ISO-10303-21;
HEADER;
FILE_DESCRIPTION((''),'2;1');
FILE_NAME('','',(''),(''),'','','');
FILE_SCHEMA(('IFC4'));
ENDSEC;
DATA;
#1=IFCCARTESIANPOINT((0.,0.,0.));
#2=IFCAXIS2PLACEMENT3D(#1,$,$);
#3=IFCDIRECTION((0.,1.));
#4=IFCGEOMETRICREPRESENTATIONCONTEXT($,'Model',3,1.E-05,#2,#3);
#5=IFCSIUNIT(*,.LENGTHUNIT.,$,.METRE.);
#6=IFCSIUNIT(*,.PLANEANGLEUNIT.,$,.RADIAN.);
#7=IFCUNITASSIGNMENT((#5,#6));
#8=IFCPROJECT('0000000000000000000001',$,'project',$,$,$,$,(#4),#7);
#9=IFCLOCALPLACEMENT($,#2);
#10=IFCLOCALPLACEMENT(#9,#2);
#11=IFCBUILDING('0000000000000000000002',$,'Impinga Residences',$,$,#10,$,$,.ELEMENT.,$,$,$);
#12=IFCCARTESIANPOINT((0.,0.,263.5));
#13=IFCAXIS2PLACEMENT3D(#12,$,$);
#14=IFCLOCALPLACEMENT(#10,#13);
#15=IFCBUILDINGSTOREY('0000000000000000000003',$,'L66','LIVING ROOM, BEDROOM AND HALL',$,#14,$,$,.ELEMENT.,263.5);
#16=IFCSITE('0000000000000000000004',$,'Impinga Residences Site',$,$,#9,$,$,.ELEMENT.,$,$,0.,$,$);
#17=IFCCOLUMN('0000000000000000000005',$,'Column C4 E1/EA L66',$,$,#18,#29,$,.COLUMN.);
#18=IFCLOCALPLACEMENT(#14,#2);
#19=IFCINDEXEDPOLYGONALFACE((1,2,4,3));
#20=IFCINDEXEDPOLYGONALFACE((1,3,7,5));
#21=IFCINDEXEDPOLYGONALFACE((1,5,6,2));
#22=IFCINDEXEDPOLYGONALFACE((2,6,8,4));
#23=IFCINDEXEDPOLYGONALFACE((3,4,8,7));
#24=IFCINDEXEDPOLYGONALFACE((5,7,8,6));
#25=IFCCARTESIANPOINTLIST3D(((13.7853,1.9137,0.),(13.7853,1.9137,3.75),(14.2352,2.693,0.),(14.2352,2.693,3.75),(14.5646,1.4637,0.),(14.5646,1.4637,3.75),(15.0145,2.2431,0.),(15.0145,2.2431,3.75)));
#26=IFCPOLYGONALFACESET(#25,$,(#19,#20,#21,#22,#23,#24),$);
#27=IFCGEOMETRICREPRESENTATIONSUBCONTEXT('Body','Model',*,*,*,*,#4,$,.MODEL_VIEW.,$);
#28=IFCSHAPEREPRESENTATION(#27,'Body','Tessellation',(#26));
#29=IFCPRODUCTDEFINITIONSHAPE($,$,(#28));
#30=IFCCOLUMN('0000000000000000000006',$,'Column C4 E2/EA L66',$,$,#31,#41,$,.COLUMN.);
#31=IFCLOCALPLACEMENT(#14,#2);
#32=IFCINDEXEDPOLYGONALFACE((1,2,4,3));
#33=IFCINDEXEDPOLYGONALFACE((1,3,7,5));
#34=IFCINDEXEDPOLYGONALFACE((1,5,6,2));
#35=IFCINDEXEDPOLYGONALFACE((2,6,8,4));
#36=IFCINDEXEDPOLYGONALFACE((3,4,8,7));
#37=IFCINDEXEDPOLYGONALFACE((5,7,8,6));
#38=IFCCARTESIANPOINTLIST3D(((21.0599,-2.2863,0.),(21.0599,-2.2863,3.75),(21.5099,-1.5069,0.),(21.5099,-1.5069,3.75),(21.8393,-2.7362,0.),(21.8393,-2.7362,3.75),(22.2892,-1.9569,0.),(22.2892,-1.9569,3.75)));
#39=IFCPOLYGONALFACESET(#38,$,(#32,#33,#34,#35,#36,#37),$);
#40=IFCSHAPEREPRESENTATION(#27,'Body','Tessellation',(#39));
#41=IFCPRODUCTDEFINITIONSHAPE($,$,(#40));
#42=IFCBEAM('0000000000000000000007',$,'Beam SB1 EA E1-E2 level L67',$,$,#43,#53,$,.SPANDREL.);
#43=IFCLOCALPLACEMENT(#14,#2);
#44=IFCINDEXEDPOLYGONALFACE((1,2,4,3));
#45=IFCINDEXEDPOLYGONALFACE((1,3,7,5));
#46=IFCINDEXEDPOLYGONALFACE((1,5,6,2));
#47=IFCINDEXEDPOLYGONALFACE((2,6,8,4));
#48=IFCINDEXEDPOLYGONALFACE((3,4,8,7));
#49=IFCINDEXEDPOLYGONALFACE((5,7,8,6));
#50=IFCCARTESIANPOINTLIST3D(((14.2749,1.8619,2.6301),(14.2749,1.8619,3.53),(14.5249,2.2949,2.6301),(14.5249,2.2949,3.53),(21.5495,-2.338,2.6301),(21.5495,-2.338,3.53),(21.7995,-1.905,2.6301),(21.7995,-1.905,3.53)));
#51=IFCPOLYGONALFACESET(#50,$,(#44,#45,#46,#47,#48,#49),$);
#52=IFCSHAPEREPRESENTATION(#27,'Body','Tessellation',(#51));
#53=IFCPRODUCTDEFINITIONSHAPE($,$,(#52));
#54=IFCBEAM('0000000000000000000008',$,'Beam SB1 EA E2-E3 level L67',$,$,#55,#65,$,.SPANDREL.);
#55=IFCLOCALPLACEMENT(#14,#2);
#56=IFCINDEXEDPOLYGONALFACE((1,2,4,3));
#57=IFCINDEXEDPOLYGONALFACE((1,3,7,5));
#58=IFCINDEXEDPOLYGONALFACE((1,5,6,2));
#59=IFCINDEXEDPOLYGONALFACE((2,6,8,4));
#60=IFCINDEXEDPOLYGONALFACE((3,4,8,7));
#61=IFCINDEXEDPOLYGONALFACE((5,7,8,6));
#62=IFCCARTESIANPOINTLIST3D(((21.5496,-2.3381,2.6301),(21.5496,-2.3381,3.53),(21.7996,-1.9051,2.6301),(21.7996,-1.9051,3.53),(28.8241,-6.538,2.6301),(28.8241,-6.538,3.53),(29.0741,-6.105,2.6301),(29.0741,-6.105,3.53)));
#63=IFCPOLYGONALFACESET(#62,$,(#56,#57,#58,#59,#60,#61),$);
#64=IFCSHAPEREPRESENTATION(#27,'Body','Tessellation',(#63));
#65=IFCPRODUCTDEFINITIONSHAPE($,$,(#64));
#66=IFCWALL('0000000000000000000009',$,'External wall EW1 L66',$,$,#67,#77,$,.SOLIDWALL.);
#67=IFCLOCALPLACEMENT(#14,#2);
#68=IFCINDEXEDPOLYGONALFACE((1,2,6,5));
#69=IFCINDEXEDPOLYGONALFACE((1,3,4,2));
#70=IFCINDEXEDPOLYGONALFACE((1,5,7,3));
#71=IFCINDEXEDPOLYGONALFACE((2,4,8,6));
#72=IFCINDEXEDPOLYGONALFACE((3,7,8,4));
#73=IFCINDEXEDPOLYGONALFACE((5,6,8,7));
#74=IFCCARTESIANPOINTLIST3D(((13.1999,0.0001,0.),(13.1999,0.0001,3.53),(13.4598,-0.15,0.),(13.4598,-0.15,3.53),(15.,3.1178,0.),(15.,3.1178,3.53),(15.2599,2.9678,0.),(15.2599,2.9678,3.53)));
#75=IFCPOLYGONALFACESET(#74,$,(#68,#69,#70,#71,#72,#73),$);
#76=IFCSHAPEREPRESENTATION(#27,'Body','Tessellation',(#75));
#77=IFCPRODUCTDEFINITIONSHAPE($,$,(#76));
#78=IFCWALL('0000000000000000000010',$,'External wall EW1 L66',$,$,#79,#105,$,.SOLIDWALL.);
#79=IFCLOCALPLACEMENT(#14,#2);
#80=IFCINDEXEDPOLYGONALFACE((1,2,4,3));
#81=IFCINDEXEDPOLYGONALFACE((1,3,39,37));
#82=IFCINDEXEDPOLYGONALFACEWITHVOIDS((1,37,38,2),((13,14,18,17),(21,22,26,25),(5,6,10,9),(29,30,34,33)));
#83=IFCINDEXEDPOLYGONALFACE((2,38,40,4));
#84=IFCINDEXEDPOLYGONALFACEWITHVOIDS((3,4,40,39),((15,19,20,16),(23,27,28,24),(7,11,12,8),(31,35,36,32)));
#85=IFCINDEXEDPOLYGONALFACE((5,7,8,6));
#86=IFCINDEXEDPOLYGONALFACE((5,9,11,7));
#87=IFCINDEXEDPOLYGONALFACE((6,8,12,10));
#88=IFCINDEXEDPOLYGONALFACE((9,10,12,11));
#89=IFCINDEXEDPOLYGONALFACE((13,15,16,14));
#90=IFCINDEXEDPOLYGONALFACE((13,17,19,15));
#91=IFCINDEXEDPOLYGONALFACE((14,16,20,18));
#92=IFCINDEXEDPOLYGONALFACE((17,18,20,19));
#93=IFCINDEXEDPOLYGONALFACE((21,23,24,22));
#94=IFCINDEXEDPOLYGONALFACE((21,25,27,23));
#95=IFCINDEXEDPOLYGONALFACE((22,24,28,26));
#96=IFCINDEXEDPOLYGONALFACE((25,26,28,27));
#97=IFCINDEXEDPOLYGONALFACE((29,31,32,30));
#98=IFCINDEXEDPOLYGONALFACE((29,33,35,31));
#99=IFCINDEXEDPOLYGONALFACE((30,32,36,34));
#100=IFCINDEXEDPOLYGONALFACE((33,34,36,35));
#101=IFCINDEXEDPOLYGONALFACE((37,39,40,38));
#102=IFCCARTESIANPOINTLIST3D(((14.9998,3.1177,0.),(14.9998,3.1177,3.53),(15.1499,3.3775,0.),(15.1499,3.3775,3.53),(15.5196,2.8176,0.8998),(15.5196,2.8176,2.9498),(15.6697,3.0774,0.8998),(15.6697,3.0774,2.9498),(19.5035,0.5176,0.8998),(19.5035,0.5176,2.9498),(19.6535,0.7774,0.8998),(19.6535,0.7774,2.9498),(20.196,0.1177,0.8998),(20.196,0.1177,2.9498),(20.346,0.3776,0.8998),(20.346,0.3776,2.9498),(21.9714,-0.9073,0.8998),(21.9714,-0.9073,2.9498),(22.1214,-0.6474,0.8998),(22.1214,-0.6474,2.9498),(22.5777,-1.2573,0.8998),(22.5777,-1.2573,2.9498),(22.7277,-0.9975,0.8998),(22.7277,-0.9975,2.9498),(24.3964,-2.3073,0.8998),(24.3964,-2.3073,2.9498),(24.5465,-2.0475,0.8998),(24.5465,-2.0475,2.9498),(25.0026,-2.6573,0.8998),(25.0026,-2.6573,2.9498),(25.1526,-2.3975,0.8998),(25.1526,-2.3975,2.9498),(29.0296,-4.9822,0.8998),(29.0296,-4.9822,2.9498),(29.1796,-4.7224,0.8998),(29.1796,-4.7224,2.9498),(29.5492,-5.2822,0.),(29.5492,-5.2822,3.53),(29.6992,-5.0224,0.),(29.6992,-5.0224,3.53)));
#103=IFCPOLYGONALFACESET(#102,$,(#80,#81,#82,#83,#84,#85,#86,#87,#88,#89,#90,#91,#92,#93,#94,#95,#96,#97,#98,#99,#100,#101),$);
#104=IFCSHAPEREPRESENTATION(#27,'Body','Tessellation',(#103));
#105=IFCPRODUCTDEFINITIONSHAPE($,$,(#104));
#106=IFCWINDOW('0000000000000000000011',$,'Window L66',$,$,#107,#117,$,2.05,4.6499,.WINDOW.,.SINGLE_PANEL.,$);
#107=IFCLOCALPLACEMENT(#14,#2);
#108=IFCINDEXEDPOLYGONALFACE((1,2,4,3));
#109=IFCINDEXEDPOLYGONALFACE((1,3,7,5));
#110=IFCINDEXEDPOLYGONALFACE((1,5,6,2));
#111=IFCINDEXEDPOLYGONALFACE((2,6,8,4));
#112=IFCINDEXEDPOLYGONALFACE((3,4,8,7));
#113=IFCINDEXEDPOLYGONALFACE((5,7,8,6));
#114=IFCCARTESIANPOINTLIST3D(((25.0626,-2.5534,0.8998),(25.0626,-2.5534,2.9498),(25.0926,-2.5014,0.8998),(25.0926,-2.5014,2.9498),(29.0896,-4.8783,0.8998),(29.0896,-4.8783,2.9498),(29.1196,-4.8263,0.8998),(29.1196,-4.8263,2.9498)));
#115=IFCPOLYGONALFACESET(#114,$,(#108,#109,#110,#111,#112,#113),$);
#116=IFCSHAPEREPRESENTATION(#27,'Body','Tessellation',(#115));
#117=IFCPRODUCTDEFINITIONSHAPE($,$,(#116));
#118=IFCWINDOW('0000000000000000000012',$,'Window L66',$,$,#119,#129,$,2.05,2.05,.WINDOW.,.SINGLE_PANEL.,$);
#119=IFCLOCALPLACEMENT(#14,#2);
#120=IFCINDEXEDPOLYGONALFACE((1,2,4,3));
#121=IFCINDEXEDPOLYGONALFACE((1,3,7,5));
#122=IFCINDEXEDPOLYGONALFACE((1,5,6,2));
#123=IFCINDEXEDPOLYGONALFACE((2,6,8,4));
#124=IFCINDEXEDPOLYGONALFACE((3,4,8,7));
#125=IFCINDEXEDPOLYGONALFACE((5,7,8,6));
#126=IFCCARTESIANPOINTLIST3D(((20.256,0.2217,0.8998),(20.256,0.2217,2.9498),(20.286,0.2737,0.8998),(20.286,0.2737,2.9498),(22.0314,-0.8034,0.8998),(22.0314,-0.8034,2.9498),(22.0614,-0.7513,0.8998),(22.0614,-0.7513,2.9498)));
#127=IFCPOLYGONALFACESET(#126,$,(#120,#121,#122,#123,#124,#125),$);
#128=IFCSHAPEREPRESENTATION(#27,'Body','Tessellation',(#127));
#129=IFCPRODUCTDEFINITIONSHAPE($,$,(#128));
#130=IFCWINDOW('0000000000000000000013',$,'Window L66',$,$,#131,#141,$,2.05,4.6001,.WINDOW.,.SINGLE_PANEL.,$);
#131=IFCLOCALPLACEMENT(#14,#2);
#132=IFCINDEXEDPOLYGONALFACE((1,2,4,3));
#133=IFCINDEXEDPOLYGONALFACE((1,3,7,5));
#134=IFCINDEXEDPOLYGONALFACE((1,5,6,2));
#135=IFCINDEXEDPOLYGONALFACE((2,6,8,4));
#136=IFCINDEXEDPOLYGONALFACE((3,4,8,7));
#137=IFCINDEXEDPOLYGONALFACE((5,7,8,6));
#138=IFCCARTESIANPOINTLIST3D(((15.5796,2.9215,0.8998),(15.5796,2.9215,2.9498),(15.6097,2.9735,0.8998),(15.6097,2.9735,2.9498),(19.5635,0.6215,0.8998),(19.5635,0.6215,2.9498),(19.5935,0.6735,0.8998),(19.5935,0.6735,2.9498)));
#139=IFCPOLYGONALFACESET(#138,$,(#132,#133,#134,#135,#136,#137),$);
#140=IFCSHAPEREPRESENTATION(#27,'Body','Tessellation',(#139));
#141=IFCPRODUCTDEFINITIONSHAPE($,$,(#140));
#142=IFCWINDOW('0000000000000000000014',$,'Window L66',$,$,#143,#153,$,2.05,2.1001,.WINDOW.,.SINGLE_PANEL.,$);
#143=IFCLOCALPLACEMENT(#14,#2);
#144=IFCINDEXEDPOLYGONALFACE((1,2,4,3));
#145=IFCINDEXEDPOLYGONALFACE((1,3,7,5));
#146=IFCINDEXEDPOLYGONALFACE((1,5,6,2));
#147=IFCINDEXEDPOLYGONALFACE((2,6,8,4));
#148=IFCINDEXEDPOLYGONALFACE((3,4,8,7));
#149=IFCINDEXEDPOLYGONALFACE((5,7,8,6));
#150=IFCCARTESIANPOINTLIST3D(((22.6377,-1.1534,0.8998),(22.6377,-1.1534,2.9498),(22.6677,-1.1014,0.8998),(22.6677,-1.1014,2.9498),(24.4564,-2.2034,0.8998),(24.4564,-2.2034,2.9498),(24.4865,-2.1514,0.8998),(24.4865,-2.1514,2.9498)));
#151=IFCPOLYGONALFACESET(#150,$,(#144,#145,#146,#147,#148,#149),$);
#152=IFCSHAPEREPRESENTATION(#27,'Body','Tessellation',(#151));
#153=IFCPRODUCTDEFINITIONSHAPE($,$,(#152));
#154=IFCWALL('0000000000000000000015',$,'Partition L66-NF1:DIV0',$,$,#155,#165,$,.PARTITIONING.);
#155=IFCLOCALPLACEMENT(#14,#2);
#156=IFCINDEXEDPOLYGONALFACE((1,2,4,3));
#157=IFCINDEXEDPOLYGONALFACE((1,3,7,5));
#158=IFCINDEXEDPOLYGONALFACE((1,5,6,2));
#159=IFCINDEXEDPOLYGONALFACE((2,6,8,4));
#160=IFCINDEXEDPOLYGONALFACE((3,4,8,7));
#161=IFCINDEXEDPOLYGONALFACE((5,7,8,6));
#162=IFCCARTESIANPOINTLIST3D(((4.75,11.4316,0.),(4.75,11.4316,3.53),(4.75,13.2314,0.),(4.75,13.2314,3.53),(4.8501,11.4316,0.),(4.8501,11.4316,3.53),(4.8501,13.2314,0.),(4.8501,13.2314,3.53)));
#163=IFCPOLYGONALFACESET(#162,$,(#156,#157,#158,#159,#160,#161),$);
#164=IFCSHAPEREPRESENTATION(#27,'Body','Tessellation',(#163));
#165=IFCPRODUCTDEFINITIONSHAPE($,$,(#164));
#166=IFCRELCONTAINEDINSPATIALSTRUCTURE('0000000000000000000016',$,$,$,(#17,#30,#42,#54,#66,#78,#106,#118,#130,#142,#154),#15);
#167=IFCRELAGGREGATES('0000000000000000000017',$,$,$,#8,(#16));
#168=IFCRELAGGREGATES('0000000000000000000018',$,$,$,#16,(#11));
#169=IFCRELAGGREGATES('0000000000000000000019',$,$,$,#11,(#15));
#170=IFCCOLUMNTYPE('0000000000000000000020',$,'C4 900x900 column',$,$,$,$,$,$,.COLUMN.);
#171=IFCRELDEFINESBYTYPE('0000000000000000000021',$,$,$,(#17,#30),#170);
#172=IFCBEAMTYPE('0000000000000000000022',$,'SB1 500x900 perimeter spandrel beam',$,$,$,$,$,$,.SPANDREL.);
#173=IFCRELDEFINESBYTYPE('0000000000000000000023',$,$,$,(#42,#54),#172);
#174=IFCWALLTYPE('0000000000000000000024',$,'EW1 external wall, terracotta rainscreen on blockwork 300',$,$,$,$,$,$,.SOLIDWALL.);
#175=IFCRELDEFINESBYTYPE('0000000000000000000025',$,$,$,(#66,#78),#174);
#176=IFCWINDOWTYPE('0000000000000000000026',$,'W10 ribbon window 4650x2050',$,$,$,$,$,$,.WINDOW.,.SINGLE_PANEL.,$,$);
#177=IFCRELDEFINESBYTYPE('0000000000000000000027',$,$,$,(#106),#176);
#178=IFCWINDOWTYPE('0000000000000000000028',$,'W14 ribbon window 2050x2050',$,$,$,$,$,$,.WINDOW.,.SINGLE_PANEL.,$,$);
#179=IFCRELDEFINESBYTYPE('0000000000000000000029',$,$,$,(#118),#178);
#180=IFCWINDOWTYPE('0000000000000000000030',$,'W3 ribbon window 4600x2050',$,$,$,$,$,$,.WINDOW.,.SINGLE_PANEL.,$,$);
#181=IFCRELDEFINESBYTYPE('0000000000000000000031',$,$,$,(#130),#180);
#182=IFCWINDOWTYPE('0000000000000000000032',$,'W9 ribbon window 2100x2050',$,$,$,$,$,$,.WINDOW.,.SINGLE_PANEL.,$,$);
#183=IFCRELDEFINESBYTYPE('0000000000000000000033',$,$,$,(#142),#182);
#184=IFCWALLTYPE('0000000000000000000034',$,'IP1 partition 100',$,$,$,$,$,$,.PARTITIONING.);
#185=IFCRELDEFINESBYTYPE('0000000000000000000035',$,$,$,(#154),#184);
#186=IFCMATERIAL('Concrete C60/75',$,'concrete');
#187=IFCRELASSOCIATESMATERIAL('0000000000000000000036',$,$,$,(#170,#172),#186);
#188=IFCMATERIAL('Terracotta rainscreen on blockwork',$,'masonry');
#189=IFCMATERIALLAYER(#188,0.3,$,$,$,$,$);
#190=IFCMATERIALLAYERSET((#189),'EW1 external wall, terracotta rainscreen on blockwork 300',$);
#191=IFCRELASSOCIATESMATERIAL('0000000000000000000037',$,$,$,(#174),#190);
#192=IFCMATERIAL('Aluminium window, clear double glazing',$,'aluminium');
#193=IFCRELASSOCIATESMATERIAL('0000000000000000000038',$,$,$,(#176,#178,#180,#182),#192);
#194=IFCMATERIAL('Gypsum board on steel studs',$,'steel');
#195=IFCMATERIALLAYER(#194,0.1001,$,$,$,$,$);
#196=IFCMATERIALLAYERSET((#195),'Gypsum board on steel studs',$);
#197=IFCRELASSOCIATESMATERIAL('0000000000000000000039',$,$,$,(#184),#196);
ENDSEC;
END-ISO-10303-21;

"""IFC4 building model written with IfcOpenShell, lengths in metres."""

from ifc_helpers import new_model, si_unit, direction, frame, frame_2d, origin, origin_2d, place, context, subcontext, project, spatial, rectangle, extrude, material, layer, layer_set, material_profile, profile_set, type_object, element, fill, save


model = new_model("IFC4")

# Units and contexts
model_context = context("Model", 3, precision=1e-05, world=origin(), true_north=direction((0.0, 1.0)))
body_context = subcontext(model_context, "Body", "Model", "MODEL_VIEW")
ifc_project = project(units=[si_unit("LENGTHUNIT", "METRE"), si_unit("PLANEANGLEUNIT", "RADIAN")], contexts=[model_context])

# Site, building, storey
site_placement = place(None, origin())
site = spatial("IfcSite", under=ifc_project, at=site_placement, Name="Impinga Residences Site", CompositionType="ELEMENT", RefElevation=0.0)
building_placement = place(site_placement, origin())
building = spatial("IfcBuilding", under=site, at=building_placement, Name="Impinga Residences", CompositionType="ELEMENT")
storey_placement = place(building_placement, frame((0.0, 0.0, 263.5)))
storey = spatial("IfcBuildingStorey", under=building, at=storey_placement, Name="L66", Description="LIVING ROOM, BEDROOM AND HALL", CompositionType="ELEMENT", Elevation=263.5)

# Columns
ifc_material_1 = material(Name="Concrete C60/75", Category="concrete")
ifc_material_profile_1 = material_profile(ifc_material_1, rectangle(XDim=0.8999, YDim=0.8999, at=origin_2d()), Name="RC 900x900")
ifc_profile_set_1 = profile_set([ifc_material_profile_1], Name="Concrete C60/75")
column_type = type_object("IfcColumnType", Name="C4 900x900 column", PredefinedType="COLUMN", material=ifc_profile_set_1)
for number, where, z_axis, x_axis, name in (
    (1, (14.3999, 2.0784, 0.0), (0.0, 0.0, 1.0), (-0.5, -0.866025, 0.0), "Column C4 E1/EA L66"),
    (2, (21.6746, -2.1216, 0.0), (0.0, 0.0, 1.0), (-0.5, -0.866025, 0.0), "Column C4 E2/EA L66"),
):
    element("IfcColumn", number, at=place(storey_placement, frame(where, z_axis=z_axis, x_axis=x_axis)), inside=storey, type_object=column_type, Name=name, PredefinedType="COLUMN", context=body_context, shape_type="SweptSolid", body=[
        extrude(rectangle(XDim=0.8999, YDim=0.8999, at=origin_2d()), origin(), (0.0, 0.0, 1.0), 3.75),
    ])

# Beams
ifc_material_profile_2 = material_profile(ifc_material_1, rectangle(XDim=0.5, YDim=0.8999, at=origin_2d()), Name="RC 500x900")
ifc_profile_set_2 = profile_set([ifc_material_profile_2], Name="Concrete C60/75")
beam_type = type_object("IfcBeamType", Name="SB1 500x900 perimeter spandrel beam", PredefinedType="SPANDREL", material=ifc_profile_set_2)
for number, where, z_axis, x_axis, name in (
    (3, (14.3999, 2.0784, 3.0801), (0.866029, -0.499993, 0.0), (0.499993, 0.866029, 0.0), "Beam SB1 EA E1-E2 level L67"),
    (4, (21.6746, -2.1216, 3.0801), (0.866029, -0.499993, 0.0), (0.499993, 0.866029, 0.0), "Beam SB1 EA E2-E3 level L67"),
):
    element("IfcBeam", number, at=place(storey_placement, frame(where, z_axis=z_axis, x_axis=x_axis)), inside=storey, type_object=beam_type, Name=name, PredefinedType="SPANDREL", context=body_context, shape_type="SweptSolid", body=[
        extrude(rectangle(XDim=0.5, YDim=0.8999, at=origin_2d()), origin(), (0.0, 0.0, 1.0), 8.3999),
    ])

# Wall
ifc_material_2 = material(Name="Terracotta rainscreen on blockwork", Category="masonry")
ifc_layer_1 = layer(ifc_material_2, 0.3)
ifc_layer_set_1 = layer_set([ifc_layer_1], Name="EW1 external wall, terracotta rainscreen on blockwork 300")
wall_type_1 = type_object("IfcWallType", Name="EW1 external wall, terracotta rainscreen on blockwork 300", PredefinedType="SOLIDWALL", material=ifc_layer_set_1)
wall_1_placement = place(storey_placement, frame((13.3298, -0.075, 0.0), z_axis=(0.0, 0.0, 1.0), x_axis=(0.500012, 0.866018, 0.0)))
element("IfcWall", 5, at=wall_1_placement, inside=storey, type_object=wall_type_1, Name="External wall EW1 L66", PredefinedType="SOLIDWALL", context=body_context, shape_type="SweptSolid", body=[
    extrude(rectangle(XDim=3.6001, YDim=0.3, at=frame_2d((1.8, 0.0))), origin(), (0.0, 0.0, 1.0), 3.53),
])

# Wall, openings, windows
wall_2_placement = place(storey_placement, frame((15.075, 3.2476, 0.0), z_axis=(0.0, 0.0, 1.0), x_axis=(0.866029, -0.499993, 0.0)))
wall_2 = element("IfcWall", 6, at=wall_2_placement, inside=storey, type_object=wall_type_1, Name="External wall EW1 L66", PredefinedType="SOLIDWALL", context=body_context, shape_type="SweptSolid", body=[
    extrude(rectangle(XDim=16.8, YDim=0.3, at=frame_2d((8.3999, 0.0))), origin(), (0.0, 0.0, 1.0), 3.53),
])
opening_1_placement = place(wall_2_placement, frame((0.6001, 0.0, 0.8999)))
opening_1 = element("IfcOpeningElement", 7, at=opening_1_placement, cuts=wall_2, PredefinedType="OPENING", context=body_context, shape_type="SweptSolid", body=[
    extrude(rectangle(XDim=4.6001, YDim=2.05, at=frame_2d((2.3, 1.0249))), frame((0.0, 0.1599, 0.0), z_axis=(0.0, -1.0, 0.0), x_axis=(1.0, 0.0, 0.0)), (0.0, 0.0, 1.0), 0.3201),
])
opening_2_placement = place(wall_2_placement, frame((6.0, 0.0, 0.8999)))
opening_2 = element("IfcOpeningElement", 8, at=opening_2_placement, cuts=wall_2, PredefinedType="OPENING", context=body_context, shape_type="SweptSolid", body=[
    extrude(rectangle(XDim=2.05, YDim=2.05, at=frame_2d((1.0249, 1.0249))), frame((0.0, 0.1599, 0.0), z_axis=(0.0, -1.0, 0.0), x_axis=(1.0, 0.0, 0.0)), (0.0, 0.0, 1.0), 0.3201),
])
opening_3_placement = place(wall_2_placement, frame((8.75, 0.0, 0.8999)))
opening_3 = element("IfcOpeningElement", 9, at=opening_3_placement, cuts=wall_2, PredefinedType="OPENING", context=body_context, shape_type="SweptSolid", body=[
    extrude(rectangle(XDim=2.1001, YDim=2.05, at=frame_2d((1.05, 1.0249))), frame((0.0, 0.1599, 0.0), z_axis=(0.0, -1.0, 0.0), x_axis=(1.0, 0.0, 0.0)), (0.0, 0.0, 1.0), 0.3201),
])
opening_4_placement = place(wall_2_placement, frame((11.55, 0.0, 0.8999)))
opening_4 = element("IfcOpeningElement", 10, at=opening_4_placement, cuts=wall_2, PredefinedType="OPENING", context=body_context, shape_type="SweptSolid", body=[
    extrude(rectangle(XDim=4.6499, YDim=2.05, at=frame_2d((2.325, 1.0249))), frame((0.0, 0.1599, 0.0), z_axis=(0.0, -1.0, 0.0), x_axis=(1.0, 0.0, 0.0)), (0.0, 0.0, 1.0), 0.3201),
])
ifc_material_3 = material(Name="Aluminium window, clear double glazing", Category="aluminium")
window_type_1 = type_object("IfcWindowType", Name="W10 ribbon window 4650x2050", PartitioningType="SINGLE_PANEL", PredefinedType="WINDOW", material=ifc_material_3)
window_1_placement = place(opening_4_placement, origin())
window_1 = element("IfcWindow", 11, at=window_1_placement, inside=storey, type_object=window_type_1, Name="Window L66", OverallHeight=2.05, OverallWidth=4.6499, PartitioningType="SINGLE_PANEL", PredefinedType="WINDOW", context=body_context, shape_type="SweptSolid", body=[
    extrude(rectangle(XDim=4.6499, YDim=2.05, at=frame_2d((2.325, 1.0249))), frame((0.0, 0.03, 0.0), z_axis=(0.0, -1.0, 0.0), x_axis=(1.0, 0.0, 0.0)), (0.0, 0.0, 1.0), 0.0601),
])
fill(opening_4, window_1)
window_type_2 = type_object("IfcWindowType", Name="W14 ribbon window 2050x2050", PartitioningType="SINGLE_PANEL", PredefinedType="WINDOW", material=ifc_material_3)
window_2_placement = place(opening_2_placement, origin())
window_2 = element("IfcWindow", 12, at=window_2_placement, inside=storey, type_object=window_type_2, Name="Window L66", OverallHeight=2.05, OverallWidth=2.05, PartitioningType="SINGLE_PANEL", PredefinedType="WINDOW", context=body_context, shape_type="SweptSolid", body=[
    extrude(rectangle(XDim=2.05, YDim=2.05, at=frame_2d((1.0249, 1.0249))), frame((0.0, 0.03, 0.0), z_axis=(0.0, -1.0, 0.0), x_axis=(1.0, 0.0, 0.0)), (0.0, 0.0, 1.0), 0.0601),
])
fill(opening_2, window_2)
window_type_3 = type_object("IfcWindowType", Name="W3 ribbon window 4600x2050", PartitioningType="SINGLE_PANEL", PredefinedType="WINDOW", material=ifc_material_3)
window_3_placement = place(opening_1_placement, origin())
window_3 = element("IfcWindow", 13, at=window_3_placement, inside=storey, type_object=window_type_3, Name="Window L66", OverallHeight=2.05, OverallWidth=4.6001, PartitioningType="SINGLE_PANEL", PredefinedType="WINDOW", context=body_context, shape_type="SweptSolid", body=[
    extrude(rectangle(XDim=4.6001, YDim=2.05, at=frame_2d((2.3, 1.0249))), frame((0.0, 0.03, 0.0), z_axis=(0.0, -1.0, 0.0), x_axis=(1.0, 0.0, 0.0)), (0.0, 0.0, 1.0), 0.0601),
])
fill(opening_1, window_3)
window_type_4 = type_object("IfcWindowType", Name="W9 ribbon window 2100x2050", PartitioningType="SINGLE_PANEL", PredefinedType="WINDOW", material=ifc_material_3)
window_4_placement = place(opening_3_placement, origin())
window_4 = element("IfcWindow", 14, at=window_4_placement, inside=storey, type_object=window_type_4, Name="Window L66", OverallHeight=2.05, OverallWidth=2.1001, PartitioningType="SINGLE_PANEL", PredefinedType="WINDOW", context=body_context, shape_type="SweptSolid", body=[
    extrude(rectangle(XDim=2.1001, YDim=2.05, at=frame_2d((1.05, 1.0249))), frame((0.0, 0.03, 0.0), z_axis=(0.0, -1.0, 0.0), x_axis=(1.0, 0.0, 0.0)), (0.0, 0.0, 1.0), 0.0601),
])
fill(opening_3, window_4)

# Wall
ifc_material_4 = material(Name="Gypsum board on steel studs", Category="steel")
ifc_layer_2 = layer(ifc_material_4, 0.1001)
ifc_layer_set_2 = layer_set([ifc_layer_2], Name="Gypsum board on steel studs")
wall_type_2 = type_object("IfcWallType", Name="IP1 partition 100", PredefinedType="PARTITIONING", material=ifc_layer_set_2)
wall_3_placement = place(storey_placement, frame((4.8, 11.4316, 0.0), z_axis=(0.0, 0.0, 1.0), x_axis=(0.0, 1.0, 0.0)))
element("IfcWall", 15, at=wall_3_placement, inside=storey, type_object=wall_type_2, Name="Partition L66-NF1:DIV0", PredefinedType="PARTITIONING", context=body_context, shape_type="SweptSolid", body=[
    extrude(rectangle(XDim=1.7998, YDim=0.1001, at=frame_2d((0.8999, 0.0))), origin(), (0.0, 0.0, 1.0), 3.53),
])

save(model, "model.ifc")
